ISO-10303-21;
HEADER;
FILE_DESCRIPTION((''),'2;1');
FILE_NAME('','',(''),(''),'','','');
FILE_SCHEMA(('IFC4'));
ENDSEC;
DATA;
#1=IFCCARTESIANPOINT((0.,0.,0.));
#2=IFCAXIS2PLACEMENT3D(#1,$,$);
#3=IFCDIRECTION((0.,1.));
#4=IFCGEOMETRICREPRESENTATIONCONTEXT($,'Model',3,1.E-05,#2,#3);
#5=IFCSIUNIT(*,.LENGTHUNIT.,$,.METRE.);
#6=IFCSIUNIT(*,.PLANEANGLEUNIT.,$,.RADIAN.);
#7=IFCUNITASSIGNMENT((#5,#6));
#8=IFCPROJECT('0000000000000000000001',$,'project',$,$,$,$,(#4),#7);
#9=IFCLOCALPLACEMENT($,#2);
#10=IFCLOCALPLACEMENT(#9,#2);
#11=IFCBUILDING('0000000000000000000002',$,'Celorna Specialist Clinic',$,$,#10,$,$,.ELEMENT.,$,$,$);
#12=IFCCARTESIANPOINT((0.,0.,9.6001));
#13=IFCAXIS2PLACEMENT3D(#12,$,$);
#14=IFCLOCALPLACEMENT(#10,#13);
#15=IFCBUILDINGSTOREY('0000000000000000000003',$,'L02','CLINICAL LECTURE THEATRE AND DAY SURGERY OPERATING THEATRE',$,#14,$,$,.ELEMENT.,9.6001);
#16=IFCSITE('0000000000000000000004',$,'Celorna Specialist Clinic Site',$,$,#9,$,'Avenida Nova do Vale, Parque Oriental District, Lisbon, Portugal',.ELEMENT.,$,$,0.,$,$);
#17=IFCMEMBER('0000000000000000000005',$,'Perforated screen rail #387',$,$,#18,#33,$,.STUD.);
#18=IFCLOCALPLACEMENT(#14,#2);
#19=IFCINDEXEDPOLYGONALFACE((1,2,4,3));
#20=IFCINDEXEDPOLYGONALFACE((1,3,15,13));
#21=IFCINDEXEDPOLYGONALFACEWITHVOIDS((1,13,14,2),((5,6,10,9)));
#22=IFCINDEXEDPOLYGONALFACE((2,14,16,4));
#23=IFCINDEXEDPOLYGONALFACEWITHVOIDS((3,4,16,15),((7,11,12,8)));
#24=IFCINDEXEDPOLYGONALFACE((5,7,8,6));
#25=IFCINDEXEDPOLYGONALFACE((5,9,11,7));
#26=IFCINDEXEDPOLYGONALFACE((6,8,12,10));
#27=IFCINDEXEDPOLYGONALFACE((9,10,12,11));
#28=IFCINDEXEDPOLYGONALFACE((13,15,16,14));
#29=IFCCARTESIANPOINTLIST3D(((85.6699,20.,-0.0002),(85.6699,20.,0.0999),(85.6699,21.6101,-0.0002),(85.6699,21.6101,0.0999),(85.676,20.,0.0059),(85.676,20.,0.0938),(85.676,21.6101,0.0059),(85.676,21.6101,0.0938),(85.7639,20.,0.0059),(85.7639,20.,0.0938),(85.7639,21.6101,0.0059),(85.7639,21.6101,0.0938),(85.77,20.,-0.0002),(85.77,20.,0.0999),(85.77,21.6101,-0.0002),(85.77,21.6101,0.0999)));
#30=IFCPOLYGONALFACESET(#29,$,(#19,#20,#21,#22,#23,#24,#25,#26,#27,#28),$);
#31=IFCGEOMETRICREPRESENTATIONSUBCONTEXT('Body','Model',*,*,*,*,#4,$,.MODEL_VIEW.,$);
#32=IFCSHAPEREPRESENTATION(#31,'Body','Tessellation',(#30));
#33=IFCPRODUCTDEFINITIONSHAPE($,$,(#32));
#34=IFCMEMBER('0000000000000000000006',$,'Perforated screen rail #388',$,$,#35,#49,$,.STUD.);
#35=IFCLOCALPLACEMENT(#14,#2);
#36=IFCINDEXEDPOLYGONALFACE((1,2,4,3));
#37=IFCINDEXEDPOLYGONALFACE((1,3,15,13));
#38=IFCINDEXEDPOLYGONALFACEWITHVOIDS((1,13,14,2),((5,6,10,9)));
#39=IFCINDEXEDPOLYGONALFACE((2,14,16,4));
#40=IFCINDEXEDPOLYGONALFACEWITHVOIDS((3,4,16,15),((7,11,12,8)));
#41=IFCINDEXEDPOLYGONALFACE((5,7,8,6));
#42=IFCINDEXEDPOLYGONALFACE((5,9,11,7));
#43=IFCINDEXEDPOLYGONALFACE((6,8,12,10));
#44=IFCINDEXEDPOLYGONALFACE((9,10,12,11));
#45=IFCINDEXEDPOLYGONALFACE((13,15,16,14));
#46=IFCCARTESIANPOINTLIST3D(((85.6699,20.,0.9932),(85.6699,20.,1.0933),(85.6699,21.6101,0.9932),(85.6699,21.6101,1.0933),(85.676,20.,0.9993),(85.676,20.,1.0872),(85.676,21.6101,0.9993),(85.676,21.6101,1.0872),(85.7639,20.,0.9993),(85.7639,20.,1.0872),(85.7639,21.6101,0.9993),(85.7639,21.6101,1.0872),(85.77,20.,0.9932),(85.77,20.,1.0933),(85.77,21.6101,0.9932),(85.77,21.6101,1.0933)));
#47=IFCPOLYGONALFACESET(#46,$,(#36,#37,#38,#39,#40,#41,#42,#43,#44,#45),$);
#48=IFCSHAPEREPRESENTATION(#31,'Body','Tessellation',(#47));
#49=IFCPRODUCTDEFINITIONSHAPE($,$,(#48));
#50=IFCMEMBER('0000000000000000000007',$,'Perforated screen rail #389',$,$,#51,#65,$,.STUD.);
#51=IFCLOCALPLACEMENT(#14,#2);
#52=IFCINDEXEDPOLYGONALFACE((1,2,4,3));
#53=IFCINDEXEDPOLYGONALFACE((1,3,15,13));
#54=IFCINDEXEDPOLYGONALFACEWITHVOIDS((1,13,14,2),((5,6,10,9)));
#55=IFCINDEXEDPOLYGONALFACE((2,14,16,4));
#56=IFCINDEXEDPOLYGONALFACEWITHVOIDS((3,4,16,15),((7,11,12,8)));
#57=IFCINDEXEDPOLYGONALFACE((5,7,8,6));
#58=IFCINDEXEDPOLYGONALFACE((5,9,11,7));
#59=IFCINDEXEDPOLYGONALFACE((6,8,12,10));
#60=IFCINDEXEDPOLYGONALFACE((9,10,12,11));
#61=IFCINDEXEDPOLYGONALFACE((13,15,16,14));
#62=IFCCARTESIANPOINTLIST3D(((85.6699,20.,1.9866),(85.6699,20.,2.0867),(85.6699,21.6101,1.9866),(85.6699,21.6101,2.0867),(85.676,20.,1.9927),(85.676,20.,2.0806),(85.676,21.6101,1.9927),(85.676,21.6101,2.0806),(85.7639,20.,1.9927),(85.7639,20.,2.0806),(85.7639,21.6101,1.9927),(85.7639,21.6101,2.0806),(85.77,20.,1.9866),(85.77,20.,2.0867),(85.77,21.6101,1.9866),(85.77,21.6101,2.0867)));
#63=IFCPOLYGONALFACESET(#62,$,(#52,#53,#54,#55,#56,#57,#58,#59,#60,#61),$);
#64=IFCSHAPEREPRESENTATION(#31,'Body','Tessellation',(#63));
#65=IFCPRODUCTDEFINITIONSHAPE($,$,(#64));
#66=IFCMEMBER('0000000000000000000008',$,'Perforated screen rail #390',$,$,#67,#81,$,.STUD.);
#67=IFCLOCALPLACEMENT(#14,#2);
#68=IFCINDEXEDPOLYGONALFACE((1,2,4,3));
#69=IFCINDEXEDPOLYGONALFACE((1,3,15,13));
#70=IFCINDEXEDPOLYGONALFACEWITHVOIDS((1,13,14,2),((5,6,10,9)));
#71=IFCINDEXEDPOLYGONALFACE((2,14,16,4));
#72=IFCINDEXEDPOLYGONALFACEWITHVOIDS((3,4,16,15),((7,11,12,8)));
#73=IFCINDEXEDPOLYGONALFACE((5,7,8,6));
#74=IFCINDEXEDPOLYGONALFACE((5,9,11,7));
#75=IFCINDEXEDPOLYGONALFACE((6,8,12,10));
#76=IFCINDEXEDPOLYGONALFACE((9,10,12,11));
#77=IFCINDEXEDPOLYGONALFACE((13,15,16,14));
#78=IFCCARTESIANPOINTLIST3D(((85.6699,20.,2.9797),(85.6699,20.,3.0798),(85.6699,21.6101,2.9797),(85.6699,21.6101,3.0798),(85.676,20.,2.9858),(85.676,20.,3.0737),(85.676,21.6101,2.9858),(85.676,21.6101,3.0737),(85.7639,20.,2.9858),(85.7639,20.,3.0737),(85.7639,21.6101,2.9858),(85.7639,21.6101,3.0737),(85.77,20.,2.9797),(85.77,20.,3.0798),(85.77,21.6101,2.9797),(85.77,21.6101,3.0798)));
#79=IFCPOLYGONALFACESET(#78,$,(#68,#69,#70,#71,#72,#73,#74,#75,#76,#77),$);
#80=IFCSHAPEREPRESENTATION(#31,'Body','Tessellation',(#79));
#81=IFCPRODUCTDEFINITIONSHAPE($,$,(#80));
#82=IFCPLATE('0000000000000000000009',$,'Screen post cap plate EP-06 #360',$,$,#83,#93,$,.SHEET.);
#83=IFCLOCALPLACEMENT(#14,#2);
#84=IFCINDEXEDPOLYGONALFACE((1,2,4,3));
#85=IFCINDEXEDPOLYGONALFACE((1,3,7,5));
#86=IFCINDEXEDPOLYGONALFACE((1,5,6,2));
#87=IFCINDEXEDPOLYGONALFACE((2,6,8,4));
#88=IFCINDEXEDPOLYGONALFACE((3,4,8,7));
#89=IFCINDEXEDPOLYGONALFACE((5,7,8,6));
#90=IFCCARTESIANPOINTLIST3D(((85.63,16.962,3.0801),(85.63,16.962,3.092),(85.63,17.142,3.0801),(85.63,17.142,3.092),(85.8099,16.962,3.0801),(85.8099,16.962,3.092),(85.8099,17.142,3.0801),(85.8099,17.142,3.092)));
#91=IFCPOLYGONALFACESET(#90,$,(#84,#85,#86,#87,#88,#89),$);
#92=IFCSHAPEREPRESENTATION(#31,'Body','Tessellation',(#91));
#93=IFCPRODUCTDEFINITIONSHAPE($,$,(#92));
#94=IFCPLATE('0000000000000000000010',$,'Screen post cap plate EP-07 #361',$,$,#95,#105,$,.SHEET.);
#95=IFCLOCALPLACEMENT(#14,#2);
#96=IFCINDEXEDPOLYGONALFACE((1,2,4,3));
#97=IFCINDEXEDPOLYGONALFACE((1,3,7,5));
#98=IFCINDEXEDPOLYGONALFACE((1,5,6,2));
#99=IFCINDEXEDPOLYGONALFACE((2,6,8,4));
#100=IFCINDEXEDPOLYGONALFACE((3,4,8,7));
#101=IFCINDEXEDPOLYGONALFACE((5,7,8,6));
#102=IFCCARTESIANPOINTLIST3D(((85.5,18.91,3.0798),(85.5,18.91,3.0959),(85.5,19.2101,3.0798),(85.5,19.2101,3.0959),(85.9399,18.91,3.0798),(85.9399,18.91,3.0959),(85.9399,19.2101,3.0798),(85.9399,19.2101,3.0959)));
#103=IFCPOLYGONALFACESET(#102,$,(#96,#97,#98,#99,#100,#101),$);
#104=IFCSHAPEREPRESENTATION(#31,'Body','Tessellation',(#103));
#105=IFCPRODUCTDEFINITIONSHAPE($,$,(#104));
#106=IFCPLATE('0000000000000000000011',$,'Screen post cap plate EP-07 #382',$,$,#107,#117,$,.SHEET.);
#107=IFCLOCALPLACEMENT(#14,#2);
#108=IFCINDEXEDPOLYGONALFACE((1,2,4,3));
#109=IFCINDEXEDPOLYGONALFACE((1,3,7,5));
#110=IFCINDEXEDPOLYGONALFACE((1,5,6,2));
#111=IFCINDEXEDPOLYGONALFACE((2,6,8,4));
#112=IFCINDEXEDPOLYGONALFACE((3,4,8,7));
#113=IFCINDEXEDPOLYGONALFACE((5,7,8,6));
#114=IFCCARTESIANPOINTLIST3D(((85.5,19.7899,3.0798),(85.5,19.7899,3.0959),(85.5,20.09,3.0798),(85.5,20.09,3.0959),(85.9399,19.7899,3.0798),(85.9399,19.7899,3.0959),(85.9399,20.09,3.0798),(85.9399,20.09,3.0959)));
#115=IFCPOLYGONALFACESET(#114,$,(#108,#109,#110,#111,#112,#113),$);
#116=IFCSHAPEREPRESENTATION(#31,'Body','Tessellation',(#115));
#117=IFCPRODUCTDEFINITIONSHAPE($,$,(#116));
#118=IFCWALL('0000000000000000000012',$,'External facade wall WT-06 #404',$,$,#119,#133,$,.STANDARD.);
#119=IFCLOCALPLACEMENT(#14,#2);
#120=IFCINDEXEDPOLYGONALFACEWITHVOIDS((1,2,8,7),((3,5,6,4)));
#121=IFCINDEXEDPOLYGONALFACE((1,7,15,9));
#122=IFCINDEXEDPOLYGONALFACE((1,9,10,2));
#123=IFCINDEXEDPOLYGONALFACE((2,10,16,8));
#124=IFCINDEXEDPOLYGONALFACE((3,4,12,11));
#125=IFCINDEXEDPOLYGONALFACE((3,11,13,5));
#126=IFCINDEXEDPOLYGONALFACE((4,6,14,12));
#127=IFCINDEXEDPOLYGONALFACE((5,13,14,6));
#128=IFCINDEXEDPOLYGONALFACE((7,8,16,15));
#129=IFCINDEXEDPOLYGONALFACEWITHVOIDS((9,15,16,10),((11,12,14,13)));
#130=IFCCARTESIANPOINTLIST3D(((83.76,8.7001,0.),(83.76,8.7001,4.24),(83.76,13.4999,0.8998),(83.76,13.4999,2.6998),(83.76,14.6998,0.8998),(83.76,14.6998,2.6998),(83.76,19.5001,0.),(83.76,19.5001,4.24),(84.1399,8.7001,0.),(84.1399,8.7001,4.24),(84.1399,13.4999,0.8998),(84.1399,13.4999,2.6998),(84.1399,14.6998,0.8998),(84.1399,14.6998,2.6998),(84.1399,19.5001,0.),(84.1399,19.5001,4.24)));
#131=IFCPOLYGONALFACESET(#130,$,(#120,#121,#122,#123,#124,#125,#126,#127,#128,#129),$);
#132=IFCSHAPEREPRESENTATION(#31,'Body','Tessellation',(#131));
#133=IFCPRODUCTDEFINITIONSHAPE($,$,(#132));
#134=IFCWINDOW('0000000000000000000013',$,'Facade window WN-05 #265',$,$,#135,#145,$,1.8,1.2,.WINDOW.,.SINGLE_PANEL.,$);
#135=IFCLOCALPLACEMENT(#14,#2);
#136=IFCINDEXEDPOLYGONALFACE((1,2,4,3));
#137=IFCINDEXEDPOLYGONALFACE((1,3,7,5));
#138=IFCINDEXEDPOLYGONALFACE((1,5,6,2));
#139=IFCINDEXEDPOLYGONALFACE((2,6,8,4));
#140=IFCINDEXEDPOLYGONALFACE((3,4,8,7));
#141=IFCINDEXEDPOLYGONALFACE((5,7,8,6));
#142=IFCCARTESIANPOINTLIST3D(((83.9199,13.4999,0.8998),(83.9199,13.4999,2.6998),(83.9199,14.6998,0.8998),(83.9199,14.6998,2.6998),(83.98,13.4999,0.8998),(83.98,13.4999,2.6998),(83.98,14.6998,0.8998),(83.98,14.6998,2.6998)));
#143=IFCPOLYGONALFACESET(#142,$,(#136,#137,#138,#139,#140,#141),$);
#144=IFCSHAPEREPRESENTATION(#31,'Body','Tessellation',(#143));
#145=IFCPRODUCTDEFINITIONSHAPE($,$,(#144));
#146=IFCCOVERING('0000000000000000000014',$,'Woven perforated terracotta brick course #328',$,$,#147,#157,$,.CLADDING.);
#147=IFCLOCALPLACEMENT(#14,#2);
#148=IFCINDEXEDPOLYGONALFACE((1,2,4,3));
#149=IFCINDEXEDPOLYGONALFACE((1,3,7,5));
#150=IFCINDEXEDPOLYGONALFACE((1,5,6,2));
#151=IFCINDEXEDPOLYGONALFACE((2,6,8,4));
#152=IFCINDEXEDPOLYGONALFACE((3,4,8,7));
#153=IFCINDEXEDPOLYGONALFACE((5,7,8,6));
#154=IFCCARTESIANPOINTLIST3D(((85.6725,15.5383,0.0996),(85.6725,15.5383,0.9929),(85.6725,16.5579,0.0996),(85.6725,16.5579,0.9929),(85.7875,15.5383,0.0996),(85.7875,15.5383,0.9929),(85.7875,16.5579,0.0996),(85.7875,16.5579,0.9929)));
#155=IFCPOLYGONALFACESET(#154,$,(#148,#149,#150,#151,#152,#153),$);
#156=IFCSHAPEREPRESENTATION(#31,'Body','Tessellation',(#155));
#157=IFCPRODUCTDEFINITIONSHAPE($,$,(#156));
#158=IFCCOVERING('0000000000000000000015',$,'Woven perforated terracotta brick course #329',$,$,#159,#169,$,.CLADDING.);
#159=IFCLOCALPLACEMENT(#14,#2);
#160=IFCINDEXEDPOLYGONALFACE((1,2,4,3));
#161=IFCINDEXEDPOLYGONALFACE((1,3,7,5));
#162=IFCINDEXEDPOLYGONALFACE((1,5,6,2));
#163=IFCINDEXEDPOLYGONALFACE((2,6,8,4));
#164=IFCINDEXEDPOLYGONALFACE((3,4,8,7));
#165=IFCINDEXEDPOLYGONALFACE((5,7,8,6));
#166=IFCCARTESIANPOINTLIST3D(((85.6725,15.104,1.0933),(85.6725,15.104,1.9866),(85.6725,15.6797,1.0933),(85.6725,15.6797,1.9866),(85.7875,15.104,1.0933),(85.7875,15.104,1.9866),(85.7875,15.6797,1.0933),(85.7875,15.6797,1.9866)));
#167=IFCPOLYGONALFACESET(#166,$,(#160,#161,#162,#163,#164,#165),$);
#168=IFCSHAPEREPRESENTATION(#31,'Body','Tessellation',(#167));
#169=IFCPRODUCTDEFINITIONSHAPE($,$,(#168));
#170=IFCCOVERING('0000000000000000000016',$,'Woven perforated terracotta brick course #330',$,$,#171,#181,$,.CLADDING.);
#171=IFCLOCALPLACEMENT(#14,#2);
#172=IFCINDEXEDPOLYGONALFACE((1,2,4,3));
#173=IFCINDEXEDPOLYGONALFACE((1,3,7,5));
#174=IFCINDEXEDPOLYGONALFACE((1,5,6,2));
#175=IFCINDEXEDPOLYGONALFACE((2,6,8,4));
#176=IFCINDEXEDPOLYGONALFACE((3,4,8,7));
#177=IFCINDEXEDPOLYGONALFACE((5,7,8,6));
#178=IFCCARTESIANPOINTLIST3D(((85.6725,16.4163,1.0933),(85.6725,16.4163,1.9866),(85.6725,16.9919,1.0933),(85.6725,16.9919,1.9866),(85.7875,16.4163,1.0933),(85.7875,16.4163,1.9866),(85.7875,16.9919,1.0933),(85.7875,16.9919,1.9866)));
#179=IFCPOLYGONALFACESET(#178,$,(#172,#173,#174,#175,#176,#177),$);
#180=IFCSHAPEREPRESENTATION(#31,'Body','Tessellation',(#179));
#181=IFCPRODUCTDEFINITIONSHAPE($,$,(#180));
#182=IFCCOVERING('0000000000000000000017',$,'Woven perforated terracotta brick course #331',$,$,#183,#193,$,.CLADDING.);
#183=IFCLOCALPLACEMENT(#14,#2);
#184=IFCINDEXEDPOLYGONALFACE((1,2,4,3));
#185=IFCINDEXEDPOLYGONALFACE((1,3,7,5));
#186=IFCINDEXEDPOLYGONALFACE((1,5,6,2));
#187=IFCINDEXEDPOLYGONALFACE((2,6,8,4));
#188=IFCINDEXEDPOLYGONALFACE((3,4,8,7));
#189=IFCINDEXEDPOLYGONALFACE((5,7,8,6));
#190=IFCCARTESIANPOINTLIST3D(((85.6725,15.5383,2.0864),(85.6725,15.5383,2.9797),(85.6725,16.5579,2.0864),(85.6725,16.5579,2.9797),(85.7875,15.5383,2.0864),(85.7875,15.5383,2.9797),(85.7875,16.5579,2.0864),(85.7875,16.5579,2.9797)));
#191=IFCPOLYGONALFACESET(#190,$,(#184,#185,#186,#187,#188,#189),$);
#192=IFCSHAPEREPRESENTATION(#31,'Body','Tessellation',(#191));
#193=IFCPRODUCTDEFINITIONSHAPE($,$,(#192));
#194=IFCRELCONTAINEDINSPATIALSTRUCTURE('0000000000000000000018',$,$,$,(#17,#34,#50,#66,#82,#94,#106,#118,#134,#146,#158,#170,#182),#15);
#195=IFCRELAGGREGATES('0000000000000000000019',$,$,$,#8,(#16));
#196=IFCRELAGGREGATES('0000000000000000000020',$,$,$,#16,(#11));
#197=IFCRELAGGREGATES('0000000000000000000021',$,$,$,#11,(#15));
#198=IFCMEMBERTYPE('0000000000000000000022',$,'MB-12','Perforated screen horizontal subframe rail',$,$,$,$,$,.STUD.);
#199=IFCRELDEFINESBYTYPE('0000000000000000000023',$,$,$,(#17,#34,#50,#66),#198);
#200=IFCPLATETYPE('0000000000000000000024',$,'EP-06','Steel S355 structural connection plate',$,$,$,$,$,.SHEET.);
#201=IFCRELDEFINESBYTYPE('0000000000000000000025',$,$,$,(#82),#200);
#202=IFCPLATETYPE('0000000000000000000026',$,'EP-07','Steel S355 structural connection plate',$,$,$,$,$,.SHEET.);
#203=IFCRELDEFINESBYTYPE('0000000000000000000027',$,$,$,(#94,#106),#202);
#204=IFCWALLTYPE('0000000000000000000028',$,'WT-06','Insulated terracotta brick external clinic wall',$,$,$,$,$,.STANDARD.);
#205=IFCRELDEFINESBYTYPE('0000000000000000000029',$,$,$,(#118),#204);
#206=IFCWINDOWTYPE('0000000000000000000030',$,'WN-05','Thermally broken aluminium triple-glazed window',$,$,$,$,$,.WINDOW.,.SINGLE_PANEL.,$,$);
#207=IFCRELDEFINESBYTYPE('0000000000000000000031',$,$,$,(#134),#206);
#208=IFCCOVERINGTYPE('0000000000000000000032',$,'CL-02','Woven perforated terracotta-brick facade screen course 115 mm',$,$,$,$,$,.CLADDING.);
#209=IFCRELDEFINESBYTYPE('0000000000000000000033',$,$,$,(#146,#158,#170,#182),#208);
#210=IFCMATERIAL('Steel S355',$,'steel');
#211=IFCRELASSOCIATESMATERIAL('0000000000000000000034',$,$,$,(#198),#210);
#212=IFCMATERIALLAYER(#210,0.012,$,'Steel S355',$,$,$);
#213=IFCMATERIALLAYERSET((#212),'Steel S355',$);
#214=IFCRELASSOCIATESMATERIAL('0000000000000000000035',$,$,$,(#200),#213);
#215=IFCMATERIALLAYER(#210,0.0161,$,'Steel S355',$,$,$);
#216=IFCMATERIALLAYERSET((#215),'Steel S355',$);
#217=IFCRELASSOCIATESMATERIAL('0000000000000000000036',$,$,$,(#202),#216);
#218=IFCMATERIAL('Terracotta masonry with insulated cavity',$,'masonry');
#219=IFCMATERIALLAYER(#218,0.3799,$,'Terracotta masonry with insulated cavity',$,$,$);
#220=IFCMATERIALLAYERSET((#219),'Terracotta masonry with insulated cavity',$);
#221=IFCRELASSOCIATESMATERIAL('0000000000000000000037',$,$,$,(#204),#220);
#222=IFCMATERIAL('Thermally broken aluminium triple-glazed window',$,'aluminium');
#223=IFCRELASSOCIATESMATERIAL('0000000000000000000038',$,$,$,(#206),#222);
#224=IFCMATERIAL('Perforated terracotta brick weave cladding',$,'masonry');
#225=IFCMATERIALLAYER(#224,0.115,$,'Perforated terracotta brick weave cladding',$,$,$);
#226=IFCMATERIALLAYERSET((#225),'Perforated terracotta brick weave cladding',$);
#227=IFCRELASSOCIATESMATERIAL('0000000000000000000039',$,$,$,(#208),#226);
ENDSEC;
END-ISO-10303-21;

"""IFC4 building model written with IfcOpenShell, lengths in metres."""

from ifc_helpers import new_model, si_unit, direction, frame, frame_2d, origin, origin_2d, place, context, subcontext, project, spatial, rectangle, hollow_rectangle, extrude, material, layer, layer_set, material_profile, profile_set, type_object, element, fill, save


model = new_model("IFC4")

# Units and contexts
model_context = context("Model", 3, precision=1e-05, world=origin(), true_north=direction((0.0, 1.0)))
body_context = subcontext(model_context, "Body", "Model", "MODEL_VIEW")
ifc_project = project(units=[si_unit("LENGTHUNIT", "METRE"), si_unit("PLANEANGLEUNIT", "RADIAN")], contexts=[model_context])

# Site, building, storey
site_placement = place(None, origin())
site = spatial("IfcSite", under=ifc_project, at=site_placement, Name="Celorna Specialist Clinic Site", LongName="Avenida Nova do Vale, Parque Oriental District, Lisbon, Portugal", CompositionType="ELEMENT", RefElevation=0.0)
building_placement = place(site_placement, origin())
building = spatial("IfcBuilding", under=site, at=building_placement, Name="Celorna Specialist Clinic", CompositionType="ELEMENT")
storey_placement = place(building_placement, frame((0.0, 0.0, 9.6001)))
storey = spatial("IfcBuildingStorey", under=building, at=storey_placement, Name="L02", Description="CLINICAL LECTURE THEATRE AND DAY SURGERY OPERATING THEATRE", CompositionType="ELEMENT", Elevation=9.6001)

# Shared definitions
ifc_material_1 = material(Name="Steel S355", Category="steel")

# Members
ifc_material_profile_1 = material_profile(ifc_material_1, hollow_rectangle(XDim=0.1001, YDim=0.1001, WallThickness=0.0061, at=origin_2d()), Name="SHS 100x100x6")
ifc_profile_set_1 = profile_set([ifc_material_profile_1], Name="Steel S355")
member_type_1 = type_object("IfcMemberType", Name="MB-12", Description="Perforated screen horizontal subframe rail", PredefinedType="STUD", material=ifc_profile_set_1)
for number, where, z_axis, x_axis, name in (
    (1, (85.72, 20.0, 0.0498), (0.0, 1.0, 0.0), (-1.0, 0.0, 0.0), "Perforated screen rail #387"),
    (2, (85.72, 20.0, 1.0432), (0.0, 1.0, 0.0), (-1.0, 0.0, 0.0), "Perforated screen rail #388"),
    (3, (85.72, 20.0, 2.0366), (0.0, 1.0, 0.0), (-1.0, 0.0, 0.0), "Perforated screen rail #389"),
    (4, (85.72, 20.0, 3.0298), (0.0, 1.0, 0.0), (-1.0, 0.0, 0.0), "Perforated screen rail #390"),
):
    element("IfcMember", number, at=place(storey_placement, frame(where, z_axis=z_axis, x_axis=x_axis)), inside=storey, type_object=member_type_1, Name=name, PredefinedType="STUD", context=body_context, shape_type="SweptSolid", body=[
        extrude(hollow_rectangle(XDim=0.1001, YDim=0.1001, WallThickness=0.0061, at=origin_2d()), origin(), (0.0, 0.0, 1.0), 1.6101),
    ])

# Plates
ifc_layer_1 = layer(ifc_material_1, 0.012, Name="Steel S355")
ifc_layer_set_1 = layer_set([ifc_layer_1], Name="Steel S355")
plate_type_1 = type_object("IfcPlateType", Name="EP-06", Description="Steel S355 structural connection plate", PredefinedType="SHEET", material=ifc_layer_set_1)
plate_placement = place(storey_placement, frame((85.72, 17.052, 3.0801), z_axis=(0.0, 0.0, 1.0), x_axis=(0.0, 1.0, 0.0)))
element("IfcPlate", 5, at=plate_placement, inside=storey, type_object=plate_type_1, Name="Screen post cap plate EP-06 #360", PredefinedType="SHEET", context=body_context, shape_type="SweptSolid", body=[
    extrude(rectangle(XDim=0.1799, YDim=0.1799, at=origin_2d()), origin(), (0.0, 0.0, 1.0), 0.012),
])
ifc_layer_2 = layer(ifc_material_1, 0.0161, Name="Steel S355")
ifc_layer_set_2 = layer_set([ifc_layer_2], Name="Steel S355")
plate_type_2 = type_object("IfcPlateType", Name="EP-07", Description="Steel S355 structural connection plate", PredefinedType="SHEET", material=ifc_layer_set_2)
for number, where, z_axis, x_axis, name in (
    (6, (85.72, 19.0601, 3.0798), (0.0, 0.0, 1.0), (0.0, 1.0, 0.0), "Screen post cap plate EP-07 #361"),
    (7, (85.72, 19.9399, 3.0798), (0.0, 0.0, 1.0), (0.0, 1.0, 0.0), "Screen post cap plate EP-07 #382"),
):
    element("IfcPlate", number, at=place(storey_placement, frame(where, z_axis=z_axis, x_axis=x_axis)), inside=storey, type_object=plate_type_2, Name=name, PredefinedType="SHEET", context=body_context, shape_type="SweptSolid", body=[
        extrude(rectangle(XDim=0.3, YDim=0.4399, at=origin_2d()), origin(), (0.0, 0.0, 1.0), 0.0161),
    ])

# Wall, opening, window
ifc_material_2 = material(Name="Terracotta masonry with insulated cavity", Category="masonry")
ifc_layer_3 = layer(ifc_material_2, 0.3799, Name="Terracotta masonry with insulated cavity")
ifc_layer_set_3 = layer_set([ifc_layer_3], Name="Terracotta masonry with insulated cavity")
wall_type = type_object("IfcWallType", Name="WT-06", Description="Insulated terracotta brick external clinic wall", PredefinedType="STANDARD", material=ifc_layer_set_3)
wall_placement = place(storey_placement, frame((83.95, 19.5, 0.0), z_axis=(0.0, 0.0, 1.0), x_axis=(0.0, -1.0, 0.0)))
wall = element("IfcWall", 8, at=wall_placement, inside=storey, type_object=wall_type, Name="External facade wall WT-06 #404", PredefinedType="STANDARD", context=body_context, shape_type="SweptSolid", body=[
    extrude(rectangle(XDim=10.8, YDim=0.3799, at=frame_2d((5.3999, 0.0))), origin(), (0.0, 0.0, 1.0), 4.24),
])
opening_placement = place(wall_placement, frame((4.8, 0.0, 0.8999)))
opening = element("IfcOpeningElement", 9, at=opening_placement, cuts=wall, PredefinedType="OPENING", context=body_context, shape_type="SweptSolid", body=[
    extrude(rectangle(XDim=1.2, YDim=1.8, at=frame_2d((0.6001, 0.8999))), frame((0.0, 0.2, 0.0), z_axis=(0.0, -1.0, 0.0), x_axis=(1.0, 0.0, 0.0)), (0.0, 0.0, 1.0), 0.3999),
])
ifc_material_3 = material(Name="Thermally broken aluminium triple-glazed window", Category="aluminium")
window_type = type_object("IfcWindowType", Name="WN-05", Description="Thermally broken aluminium triple-glazed window", PartitioningType="SINGLE_PANEL", PredefinedType="WINDOW", material=ifc_material_3)
window_placement = place(opening_placement, origin())
window = element("IfcWindow", 10, at=window_placement, inside=storey, type_object=window_type, Name="Facade window WN-05 #265", OverallHeight=1.8, OverallWidth=1.2, PartitioningType="SINGLE_PANEL", PredefinedType="WINDOW", context=body_context, shape_type="SweptSolid", body=[
    extrude(rectangle(XDim=1.2, YDim=1.8, at=frame_2d((0.6001, 0.8999))), frame((0.0, 0.03, 0.0), z_axis=(0.0, -1.0, 0.0), x_axis=(1.0, 0.0, 0.0)), (0.0, 0.0, 1.0), 0.0601),
])
fill(opening, window)

# Coverings
ifc_material_4 = material(Name="Perforated terracotta brick weave cladding", Category="masonry")
ifc_layer_4 = layer(ifc_material_4, 0.115, Name="Perforated terracotta brick weave cladding")
ifc_layer_set_4 = layer_set([ifc_layer_4], Name="Perforated terracotta brick weave cladding")
covering_type = type_object("IfcCoveringType", Name="CL-02", Description="Woven perforated terracotta-brick facade screen course 115 mm", PredefinedType="CLADDING", material=ifc_layer_set_4)
covering_1_placement = place(storey_placement, frame((85.73, 16.0481, 0.0996), z_axis=(0.0, 0.0, 1.0), x_axis=(0.0, 1.0, 0.0)))
element("IfcCovering", 11, at=covering_1_placement, inside=storey, type_object=covering_type, Name="Woven perforated terracotta brick course #328", PredefinedType="CLADDING", context=body_context, shape_type="SweptSolid", body=[
    extrude(rectangle(XDim=1.0195, YDim=0.115, at=origin_2d()), origin(), (0.0, 0.0, 1.0), 0.8933),
])
for number, where, z_axis, x_axis, name in (
    (12, (85.73, 15.3918, 1.0933), (0.0, 0.0, 1.0), (0.0, 1.0, 0.0), "Woven perforated terracotta brick course #329"),
    (13, (85.73, 16.7041, 1.0933), (0.0, 0.0, 1.0), (0.0, 1.0, 0.0), "Woven perforated terracotta brick course #330"),
):
    element("IfcCovering", number, at=place(storey_placement, frame(where, z_axis=z_axis, x_axis=x_axis)), inside=storey, type_object=covering_type, Name=name, PredefinedType="CLADDING", context=body_context, shape_type="SweptSolid", body=[
        extrude(rectangle(XDim=0.5757, YDim=0.115, at=origin_2d()), origin(), (0.0, 0.0, 1.0), 0.8933),
    ])
covering_2_placement = place(storey_placement, frame((85.73, 16.0481, 2.0864), z_axis=(0.0, 0.0, 1.0), x_axis=(0.0, 1.0, 0.0)))
element("IfcCovering", 14, at=covering_2_placement, inside=storey, type_object=covering_type, Name="Woven perforated terracotta brick course #331", PredefinedType="CLADDING", context=body_context, shape_type="SweptSolid", body=[
    extrude(rectangle(XDim=1.0195, YDim=0.115, at=origin_2d()), origin(), (0.0, 0.0, 1.0), 0.8933),
])

save(model, "model.ifc")
